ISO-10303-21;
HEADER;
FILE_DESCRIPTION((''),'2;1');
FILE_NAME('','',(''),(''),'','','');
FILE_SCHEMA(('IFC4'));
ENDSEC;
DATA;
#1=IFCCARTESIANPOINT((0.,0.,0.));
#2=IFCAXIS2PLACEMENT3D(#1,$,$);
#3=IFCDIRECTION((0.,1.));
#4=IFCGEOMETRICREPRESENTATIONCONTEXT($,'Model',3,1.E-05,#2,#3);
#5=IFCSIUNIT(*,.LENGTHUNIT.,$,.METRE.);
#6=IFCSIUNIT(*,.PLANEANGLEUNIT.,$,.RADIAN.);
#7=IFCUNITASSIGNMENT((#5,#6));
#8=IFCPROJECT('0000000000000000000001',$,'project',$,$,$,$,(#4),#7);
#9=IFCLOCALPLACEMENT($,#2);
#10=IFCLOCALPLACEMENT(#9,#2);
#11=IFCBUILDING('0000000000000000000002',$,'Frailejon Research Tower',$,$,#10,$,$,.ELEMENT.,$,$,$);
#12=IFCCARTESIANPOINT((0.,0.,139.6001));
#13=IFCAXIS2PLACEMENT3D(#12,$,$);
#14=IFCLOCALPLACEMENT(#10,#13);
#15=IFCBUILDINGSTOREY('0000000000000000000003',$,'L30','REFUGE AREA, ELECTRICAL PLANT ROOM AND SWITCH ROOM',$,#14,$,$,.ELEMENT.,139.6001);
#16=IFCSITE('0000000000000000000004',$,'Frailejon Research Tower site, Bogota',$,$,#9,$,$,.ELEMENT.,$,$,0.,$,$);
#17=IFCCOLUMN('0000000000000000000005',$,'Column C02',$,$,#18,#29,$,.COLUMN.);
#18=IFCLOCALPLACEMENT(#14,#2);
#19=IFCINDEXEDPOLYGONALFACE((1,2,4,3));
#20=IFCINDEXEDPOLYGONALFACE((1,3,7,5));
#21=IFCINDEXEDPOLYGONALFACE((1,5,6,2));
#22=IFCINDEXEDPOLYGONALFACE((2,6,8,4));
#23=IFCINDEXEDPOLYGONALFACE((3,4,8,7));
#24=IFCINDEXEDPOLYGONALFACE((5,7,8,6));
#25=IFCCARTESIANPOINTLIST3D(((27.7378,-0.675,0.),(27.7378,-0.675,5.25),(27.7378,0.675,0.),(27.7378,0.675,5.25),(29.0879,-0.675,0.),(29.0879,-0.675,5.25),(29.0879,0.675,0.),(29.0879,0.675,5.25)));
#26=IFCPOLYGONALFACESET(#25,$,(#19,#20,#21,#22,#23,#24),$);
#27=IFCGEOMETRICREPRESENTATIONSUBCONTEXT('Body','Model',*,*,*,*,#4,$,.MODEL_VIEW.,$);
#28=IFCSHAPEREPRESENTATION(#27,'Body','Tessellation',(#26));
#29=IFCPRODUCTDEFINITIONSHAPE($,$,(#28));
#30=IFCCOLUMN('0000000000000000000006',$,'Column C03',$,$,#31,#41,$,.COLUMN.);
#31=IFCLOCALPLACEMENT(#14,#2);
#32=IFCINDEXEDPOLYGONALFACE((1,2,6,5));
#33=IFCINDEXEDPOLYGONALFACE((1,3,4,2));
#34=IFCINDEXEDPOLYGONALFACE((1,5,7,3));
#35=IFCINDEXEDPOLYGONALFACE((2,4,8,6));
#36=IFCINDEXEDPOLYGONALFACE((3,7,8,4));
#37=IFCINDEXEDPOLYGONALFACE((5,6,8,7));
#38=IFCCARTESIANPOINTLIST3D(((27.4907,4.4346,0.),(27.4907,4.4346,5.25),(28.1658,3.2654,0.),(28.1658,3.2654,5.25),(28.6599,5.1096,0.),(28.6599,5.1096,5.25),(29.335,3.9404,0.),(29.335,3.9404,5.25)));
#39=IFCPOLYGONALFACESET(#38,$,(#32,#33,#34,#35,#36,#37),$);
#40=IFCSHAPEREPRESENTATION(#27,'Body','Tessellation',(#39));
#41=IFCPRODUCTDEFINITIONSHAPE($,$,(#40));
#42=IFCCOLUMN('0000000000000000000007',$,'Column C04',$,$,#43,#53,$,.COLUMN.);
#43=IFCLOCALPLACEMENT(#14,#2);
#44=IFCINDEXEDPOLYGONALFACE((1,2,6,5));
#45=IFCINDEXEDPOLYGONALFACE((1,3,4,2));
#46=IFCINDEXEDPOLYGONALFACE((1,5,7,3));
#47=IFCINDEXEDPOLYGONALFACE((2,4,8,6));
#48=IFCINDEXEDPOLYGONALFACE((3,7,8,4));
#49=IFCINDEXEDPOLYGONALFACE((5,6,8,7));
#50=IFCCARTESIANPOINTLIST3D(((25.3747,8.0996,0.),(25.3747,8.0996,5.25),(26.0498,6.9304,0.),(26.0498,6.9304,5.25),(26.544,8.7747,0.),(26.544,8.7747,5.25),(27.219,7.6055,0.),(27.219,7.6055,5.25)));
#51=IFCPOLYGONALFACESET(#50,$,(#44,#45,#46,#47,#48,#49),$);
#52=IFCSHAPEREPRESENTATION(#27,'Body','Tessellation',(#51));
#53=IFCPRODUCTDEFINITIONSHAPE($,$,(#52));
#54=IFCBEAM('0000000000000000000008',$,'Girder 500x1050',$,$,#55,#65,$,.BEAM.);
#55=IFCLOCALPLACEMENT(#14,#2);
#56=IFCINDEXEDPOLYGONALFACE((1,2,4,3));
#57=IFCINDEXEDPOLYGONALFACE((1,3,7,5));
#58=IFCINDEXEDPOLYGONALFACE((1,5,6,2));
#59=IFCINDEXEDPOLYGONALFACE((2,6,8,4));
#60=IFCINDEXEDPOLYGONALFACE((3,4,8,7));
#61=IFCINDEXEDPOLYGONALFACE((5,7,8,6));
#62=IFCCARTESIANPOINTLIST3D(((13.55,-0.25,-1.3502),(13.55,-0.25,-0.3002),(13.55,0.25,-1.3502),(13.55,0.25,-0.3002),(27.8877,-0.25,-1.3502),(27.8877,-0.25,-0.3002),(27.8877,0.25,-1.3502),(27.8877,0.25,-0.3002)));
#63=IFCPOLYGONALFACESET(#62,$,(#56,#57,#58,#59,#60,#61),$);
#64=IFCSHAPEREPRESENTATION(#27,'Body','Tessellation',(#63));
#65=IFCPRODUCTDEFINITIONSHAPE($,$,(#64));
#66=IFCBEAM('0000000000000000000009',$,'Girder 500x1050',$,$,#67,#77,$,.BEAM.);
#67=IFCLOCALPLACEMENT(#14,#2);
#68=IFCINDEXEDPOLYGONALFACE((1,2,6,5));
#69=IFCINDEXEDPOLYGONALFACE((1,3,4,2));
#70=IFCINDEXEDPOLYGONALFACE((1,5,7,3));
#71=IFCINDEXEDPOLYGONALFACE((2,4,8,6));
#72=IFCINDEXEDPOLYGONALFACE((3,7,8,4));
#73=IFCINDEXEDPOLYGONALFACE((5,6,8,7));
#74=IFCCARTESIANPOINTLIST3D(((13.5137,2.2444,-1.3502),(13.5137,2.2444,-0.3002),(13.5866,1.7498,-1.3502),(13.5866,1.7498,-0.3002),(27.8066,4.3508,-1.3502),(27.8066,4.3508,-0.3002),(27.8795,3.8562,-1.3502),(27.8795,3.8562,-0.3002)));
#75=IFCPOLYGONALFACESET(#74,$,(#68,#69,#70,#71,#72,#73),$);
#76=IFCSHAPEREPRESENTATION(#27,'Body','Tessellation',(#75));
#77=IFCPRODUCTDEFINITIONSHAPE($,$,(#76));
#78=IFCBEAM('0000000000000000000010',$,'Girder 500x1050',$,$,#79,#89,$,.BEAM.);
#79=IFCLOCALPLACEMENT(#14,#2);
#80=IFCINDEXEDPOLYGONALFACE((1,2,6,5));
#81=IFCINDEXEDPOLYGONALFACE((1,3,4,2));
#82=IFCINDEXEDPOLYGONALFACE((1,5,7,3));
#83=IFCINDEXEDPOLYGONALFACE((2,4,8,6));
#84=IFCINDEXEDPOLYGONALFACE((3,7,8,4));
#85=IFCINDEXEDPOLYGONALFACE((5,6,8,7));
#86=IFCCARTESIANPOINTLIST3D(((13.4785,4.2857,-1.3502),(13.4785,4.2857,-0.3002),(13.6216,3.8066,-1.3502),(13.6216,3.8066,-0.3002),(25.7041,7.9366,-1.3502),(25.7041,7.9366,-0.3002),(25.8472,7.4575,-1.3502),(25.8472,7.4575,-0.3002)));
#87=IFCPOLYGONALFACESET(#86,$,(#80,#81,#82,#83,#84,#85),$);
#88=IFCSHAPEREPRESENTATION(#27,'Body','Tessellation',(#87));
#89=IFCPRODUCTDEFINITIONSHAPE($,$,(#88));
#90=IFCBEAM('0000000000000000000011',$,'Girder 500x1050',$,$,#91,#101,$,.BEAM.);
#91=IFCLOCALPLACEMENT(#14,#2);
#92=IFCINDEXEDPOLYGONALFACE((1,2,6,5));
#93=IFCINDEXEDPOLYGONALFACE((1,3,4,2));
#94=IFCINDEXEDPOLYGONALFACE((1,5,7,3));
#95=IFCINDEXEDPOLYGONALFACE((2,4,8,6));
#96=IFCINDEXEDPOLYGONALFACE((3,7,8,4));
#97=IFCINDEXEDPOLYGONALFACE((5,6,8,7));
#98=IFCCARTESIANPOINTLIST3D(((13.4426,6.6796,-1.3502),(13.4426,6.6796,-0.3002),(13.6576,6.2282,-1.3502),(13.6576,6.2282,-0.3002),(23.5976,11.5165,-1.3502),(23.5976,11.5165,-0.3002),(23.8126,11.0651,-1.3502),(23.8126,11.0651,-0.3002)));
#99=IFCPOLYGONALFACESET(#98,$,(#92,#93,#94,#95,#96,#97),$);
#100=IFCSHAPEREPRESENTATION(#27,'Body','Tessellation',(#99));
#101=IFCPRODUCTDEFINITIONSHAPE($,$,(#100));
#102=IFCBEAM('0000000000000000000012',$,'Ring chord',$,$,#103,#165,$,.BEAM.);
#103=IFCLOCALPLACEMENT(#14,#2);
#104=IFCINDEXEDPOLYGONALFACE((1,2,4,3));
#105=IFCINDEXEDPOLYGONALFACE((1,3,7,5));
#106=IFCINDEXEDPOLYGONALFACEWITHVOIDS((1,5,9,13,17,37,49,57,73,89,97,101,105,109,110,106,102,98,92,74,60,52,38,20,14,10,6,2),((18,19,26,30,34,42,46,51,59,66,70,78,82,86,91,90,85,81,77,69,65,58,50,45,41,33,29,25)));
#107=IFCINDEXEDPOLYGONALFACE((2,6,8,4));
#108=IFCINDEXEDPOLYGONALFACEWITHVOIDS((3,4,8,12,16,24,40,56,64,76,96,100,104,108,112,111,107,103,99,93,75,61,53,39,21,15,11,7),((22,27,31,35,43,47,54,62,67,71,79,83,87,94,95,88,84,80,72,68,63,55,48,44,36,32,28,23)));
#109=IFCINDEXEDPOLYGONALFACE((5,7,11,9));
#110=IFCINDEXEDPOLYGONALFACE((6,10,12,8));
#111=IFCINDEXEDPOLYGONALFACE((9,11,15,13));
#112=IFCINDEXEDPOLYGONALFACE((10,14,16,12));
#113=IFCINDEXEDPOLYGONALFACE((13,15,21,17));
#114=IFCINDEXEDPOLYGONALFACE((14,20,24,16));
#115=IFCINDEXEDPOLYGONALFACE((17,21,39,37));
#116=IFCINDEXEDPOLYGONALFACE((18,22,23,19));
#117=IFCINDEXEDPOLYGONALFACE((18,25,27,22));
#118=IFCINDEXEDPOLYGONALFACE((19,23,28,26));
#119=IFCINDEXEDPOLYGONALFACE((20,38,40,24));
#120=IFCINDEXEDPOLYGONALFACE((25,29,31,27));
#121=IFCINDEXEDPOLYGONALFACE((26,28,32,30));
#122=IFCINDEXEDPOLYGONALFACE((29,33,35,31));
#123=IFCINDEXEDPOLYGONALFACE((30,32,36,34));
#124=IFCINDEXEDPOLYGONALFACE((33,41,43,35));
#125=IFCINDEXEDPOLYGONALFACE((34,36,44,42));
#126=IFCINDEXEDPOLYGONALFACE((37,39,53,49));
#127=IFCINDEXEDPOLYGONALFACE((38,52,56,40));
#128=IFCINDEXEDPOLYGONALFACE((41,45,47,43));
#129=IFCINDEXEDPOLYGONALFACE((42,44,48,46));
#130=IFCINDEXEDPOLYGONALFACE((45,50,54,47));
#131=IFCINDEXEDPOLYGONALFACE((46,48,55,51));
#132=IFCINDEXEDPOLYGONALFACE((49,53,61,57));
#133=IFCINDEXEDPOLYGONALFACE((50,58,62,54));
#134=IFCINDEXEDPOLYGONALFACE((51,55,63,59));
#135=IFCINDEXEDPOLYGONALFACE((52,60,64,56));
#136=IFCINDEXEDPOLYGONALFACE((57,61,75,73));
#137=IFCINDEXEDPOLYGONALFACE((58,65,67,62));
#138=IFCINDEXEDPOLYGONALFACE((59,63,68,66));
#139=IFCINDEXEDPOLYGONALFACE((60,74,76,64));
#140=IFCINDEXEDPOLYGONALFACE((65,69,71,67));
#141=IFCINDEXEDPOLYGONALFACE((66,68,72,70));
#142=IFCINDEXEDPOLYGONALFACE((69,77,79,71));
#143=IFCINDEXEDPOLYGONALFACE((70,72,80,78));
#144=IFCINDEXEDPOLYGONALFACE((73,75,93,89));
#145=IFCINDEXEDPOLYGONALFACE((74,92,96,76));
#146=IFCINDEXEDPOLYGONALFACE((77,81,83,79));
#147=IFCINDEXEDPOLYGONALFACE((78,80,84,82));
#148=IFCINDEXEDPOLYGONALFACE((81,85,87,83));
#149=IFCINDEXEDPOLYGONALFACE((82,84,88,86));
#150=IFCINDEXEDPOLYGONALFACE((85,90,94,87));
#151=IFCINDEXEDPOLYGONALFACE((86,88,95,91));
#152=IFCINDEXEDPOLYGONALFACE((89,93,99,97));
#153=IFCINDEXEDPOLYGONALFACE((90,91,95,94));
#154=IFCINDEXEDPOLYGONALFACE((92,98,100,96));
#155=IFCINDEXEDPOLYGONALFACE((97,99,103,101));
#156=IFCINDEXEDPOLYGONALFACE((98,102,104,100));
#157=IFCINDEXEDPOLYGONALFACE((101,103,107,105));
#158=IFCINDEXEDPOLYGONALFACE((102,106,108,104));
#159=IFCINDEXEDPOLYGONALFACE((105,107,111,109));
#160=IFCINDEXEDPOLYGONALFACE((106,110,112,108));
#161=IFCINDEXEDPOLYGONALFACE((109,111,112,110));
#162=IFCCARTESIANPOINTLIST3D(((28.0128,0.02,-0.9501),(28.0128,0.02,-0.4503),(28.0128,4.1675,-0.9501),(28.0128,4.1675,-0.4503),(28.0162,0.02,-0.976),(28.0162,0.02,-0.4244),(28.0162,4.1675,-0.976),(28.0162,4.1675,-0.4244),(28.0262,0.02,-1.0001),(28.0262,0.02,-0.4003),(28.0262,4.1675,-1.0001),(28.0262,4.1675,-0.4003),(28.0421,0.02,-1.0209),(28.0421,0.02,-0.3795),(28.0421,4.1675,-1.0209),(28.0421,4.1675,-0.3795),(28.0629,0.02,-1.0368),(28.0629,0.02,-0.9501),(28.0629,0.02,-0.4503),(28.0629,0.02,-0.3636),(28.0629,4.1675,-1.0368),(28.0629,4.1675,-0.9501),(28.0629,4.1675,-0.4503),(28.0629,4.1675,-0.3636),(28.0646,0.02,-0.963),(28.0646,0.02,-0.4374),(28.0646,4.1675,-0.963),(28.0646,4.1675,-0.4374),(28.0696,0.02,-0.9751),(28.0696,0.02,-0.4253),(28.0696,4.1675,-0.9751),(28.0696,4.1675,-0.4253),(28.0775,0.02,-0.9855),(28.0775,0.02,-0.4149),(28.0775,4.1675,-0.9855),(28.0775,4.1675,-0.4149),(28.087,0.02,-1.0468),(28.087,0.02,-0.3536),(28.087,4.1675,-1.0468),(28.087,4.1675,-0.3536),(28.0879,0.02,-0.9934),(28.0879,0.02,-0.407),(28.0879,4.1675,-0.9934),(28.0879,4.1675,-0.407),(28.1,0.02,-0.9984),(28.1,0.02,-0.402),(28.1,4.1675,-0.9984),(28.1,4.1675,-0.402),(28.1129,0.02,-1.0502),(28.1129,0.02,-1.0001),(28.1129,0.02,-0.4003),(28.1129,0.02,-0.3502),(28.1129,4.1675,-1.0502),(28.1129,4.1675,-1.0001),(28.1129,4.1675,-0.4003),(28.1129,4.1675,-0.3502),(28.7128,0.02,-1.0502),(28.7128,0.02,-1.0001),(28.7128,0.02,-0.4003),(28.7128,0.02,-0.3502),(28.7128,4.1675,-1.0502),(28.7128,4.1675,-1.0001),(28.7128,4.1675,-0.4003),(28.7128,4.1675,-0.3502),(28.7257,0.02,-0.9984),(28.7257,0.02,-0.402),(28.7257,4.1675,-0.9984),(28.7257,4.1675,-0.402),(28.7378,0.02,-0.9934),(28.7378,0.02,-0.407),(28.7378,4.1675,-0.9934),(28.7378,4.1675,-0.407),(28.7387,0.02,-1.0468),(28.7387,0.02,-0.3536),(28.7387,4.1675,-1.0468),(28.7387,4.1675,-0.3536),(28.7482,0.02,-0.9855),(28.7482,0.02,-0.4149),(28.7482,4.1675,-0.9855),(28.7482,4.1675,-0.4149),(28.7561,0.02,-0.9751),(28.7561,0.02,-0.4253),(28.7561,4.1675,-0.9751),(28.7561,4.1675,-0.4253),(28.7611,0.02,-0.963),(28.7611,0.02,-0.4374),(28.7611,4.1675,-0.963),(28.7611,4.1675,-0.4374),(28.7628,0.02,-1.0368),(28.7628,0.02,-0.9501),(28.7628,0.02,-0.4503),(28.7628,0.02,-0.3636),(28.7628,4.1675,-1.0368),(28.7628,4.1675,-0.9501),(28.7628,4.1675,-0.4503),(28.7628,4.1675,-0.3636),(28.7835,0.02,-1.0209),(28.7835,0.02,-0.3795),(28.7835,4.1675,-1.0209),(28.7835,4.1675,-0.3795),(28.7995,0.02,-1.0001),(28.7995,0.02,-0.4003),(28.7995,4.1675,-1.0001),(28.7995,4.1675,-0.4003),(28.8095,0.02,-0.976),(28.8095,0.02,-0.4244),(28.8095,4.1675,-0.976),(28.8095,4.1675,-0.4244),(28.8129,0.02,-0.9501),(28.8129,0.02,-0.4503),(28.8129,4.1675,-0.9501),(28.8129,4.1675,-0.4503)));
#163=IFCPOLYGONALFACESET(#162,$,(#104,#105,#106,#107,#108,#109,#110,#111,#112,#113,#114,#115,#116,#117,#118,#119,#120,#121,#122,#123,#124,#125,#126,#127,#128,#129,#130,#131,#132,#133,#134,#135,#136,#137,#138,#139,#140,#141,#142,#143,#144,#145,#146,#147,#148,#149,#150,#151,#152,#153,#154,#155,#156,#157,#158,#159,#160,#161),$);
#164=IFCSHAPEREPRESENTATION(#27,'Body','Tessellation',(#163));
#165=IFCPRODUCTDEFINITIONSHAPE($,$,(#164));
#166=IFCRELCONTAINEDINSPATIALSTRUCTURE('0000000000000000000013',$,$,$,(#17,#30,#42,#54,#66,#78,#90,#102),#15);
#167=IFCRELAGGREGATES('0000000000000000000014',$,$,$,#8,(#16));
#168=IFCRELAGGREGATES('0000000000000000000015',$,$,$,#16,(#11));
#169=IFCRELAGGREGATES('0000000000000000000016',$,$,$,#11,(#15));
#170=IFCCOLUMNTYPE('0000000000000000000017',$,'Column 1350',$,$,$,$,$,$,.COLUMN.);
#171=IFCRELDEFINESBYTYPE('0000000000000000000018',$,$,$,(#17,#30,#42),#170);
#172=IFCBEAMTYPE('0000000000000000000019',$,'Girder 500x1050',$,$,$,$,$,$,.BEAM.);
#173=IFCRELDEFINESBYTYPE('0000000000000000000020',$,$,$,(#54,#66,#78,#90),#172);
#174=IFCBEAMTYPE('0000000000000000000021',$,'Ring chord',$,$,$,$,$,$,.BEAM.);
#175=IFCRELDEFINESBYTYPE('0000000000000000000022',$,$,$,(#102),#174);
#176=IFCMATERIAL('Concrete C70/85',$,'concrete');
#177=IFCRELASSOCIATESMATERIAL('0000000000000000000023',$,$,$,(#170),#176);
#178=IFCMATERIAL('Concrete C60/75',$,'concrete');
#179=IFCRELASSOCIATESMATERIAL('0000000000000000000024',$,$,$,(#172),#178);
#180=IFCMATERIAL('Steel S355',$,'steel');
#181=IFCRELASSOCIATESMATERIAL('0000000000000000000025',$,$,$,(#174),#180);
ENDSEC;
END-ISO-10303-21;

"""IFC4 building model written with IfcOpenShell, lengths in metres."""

from ifc_helpers import new_model, si_unit, direction, frame, origin, origin_2d, place, context, subcontext, project, spatial, rectangle, hollow_rectangle, extrude, material, material_profile, profile_set, type_object, element, save


model = new_model("IFC4")

# Units and contexts
model_context = context("Model", 3, precision=1e-05, world=origin(), true_north=direction((0.0, 1.0)))
body_context = subcontext(model_context, "Body", "Model", "MODEL_VIEW")
ifc_project = project(units=[si_unit("LENGTHUNIT", "METRE"), si_unit("PLANEANGLEUNIT", "RADIAN")], contexts=[model_context])

# Site, building, storey
site_placement = place(None, origin())
site = spatial("IfcSite", under=ifc_project, at=site_placement, Name="Frailejon Research Tower site, Bogota", CompositionType="ELEMENT", RefElevation=0.0)
building_placement = place(site_placement, origin())
building = spatial("IfcBuilding", under=site, at=building_placement, Name="Frailejon Research Tower", CompositionType="ELEMENT")
storey_placement = place(building_placement, frame((0.0, 0.0, 139.6001)))
storey = spatial("IfcBuildingStorey", under=building, at=storey_placement, Name="L30", Description="REFUGE AREA, ELECTRICAL PLANT ROOM AND SWITCH ROOM", CompositionType="ELEMENT", Elevation=139.6001)

# Columns
ifc_material_1 = material(Name="Concrete C70/85", Category="concrete")
ifc_material_profile_1 = material_profile(ifc_material_1, rectangle(XDim=1.3501, YDim=1.3501, at=origin_2d()), Name="Column 1350")
ifc_profile_set_1 = profile_set([ifc_material_profile_1], Name="Concrete C70/85")
column_type = type_object("IfcColumnType", Name="Column 1350", PredefinedType="COLUMN", material=ifc_profile_set_1)
for number, where, z_axis, x_axis, name in (
    (1, (28.4128, 0.0, 0.0), (0.0, 0.0, 1.0), (0.0, 1.0, 0.0), "Column C02"),
    (2, (28.4128, 4.1875, 0.0), (0.0, 0.0, 1.0), (-0.5, 0.866025, 0.0), "Column C03"),
    (3, (26.2969, 7.8525, 0.0), (0.0, 0.0, 1.0), (-0.5, 0.866025, 0.0), "Column C04"),
):
    element("IfcColumn", number, at=place(storey_placement, frame(where, z_axis=z_axis, x_axis=x_axis)), inside=storey, type_object=column_type, Name=name, PredefinedType="COLUMN", context=body_context, shape_type="SweptSolid", body=[
        extrude(rectangle(XDim=1.3501, YDim=1.3501, at=origin_2d()), origin(), (0.0, 0.0, 1.0), 5.25),
    ])

# Beams
ifc_material_2 = material(Name="Concrete C60/75", Category="concrete")
ifc_material_profile_2 = material_profile(ifc_material_2, rectangle(XDim=0.5, YDim=1.05, at=origin_2d()), Name="Girder 500x1050")
ifc_profile_set_2 = profile_set([ifc_material_profile_2], Name="Concrete C60/75")
beam_type_1 = type_object("IfcBeamType", Name="Girder 500x1050", PredefinedType="BEAM", material=ifc_profile_set_2)
beam_1_placement = place(storey_placement, frame((27.8877, 0.0, -0.8252), z_axis=(-1.0, 0.0, 0.0), x_axis=(0.0, -1.0, 0.0)))
element("IfcBeam", 4, at=beam_1_placement, inside=storey, type_object=beam_type_1, Name="Girder 500x1050", PredefinedType="BEAM", context=body_context, shape_type="SweptSolid", body=[
    extrude(rectangle(XDim=0.5, YDim=1.05, at=origin_2d()), origin(), (0.0, 0.0, 1.0), 14.3376),
])
beam_2_placement = place(storey_placement, frame((27.843, 4.1035, -0.8252), z_axis=(-0.989314, -0.145801, 0.0), x_axis=(0.145801, -0.989314, 0.0)))
element("IfcBeam", 5, at=beam_2_placement, inside=storey, type_object=beam_type_1, Name="Girder 500x1050", PredefinedType="BEAM", context=body_context, shape_type="SweptSolid", body=[
    extrude(rectangle(XDim=0.5, YDim=1.05, at=origin_2d()), origin(), (0.0, 0.0, 1.0), 14.4473),
])
beam_3_placement = place(storey_placement, frame((25.7756, 7.697, -0.8252), z_axis=(-0.958188, -0.28614, 0.0), x_axis=(0.28614, -0.958188, 0.0)))
element("IfcBeam", 6, at=beam_3_placement, inside=storey, type_object=beam_type_1, Name="Girder 500x1050", PredefinedType="BEAM", context=body_context, shape_type="SweptSolid", body=[
    extrude(rectangle(XDim=0.5, YDim=1.05, at=origin_2d()), origin(), (0.0, 0.0, 1.0), 12.759),
])
beam_4_placement = place(storey_placement, frame((23.7051, 11.2908, -0.8252), z_axis=(-0.90282, -0.43002, 0.0), x_axis=(0.43002, -0.90282, 0.0)))
element("IfcBeam", 7, at=beam_4_placement, inside=storey, type_object=beam_type_1, Name="Girder 500x1050", PredefinedType="BEAM", context=body_context, shape_type="SweptSolid", body=[
    extrude(rectangle(XDim=0.5, YDim=1.05, at=origin_2d()), origin(), (0.0, 0.0, 1.0), 11.248),
])
ifc_material_3 = material(Name="Steel S355", Category="steel")
ifc_material_profile_3 = material_profile(ifc_material_3, hollow_rectangle(XDim=0.8, YDim=0.7, WallThickness=0.05, InnerFilletRadius=0.05, OuterFilletRadius=0.1001, at=origin_2d()), Name="Ring chord")
ifc_profile_set_3 = profile_set([ifc_material_profile_3], Name="Steel S355")
beam_type_2 = type_object("IfcBeamType", Name="Ring chord", PredefinedType="BEAM", material=ifc_profile_set_3)
beam_5_placement = place(storey_placement, frame((28.4128, 0.02, -0.7002), z_axis=(0.0, 1.0, 0.0), x_axis=(-1.0, 0.0, 0.0)))
element("IfcBeam", 8, at=beam_5_placement, inside=storey, type_object=beam_type_2, Name="Ring chord", PredefinedType="BEAM", context=body_context, shape_type="SweptSolid", body=[
    extrude(hollow_rectangle(XDim=0.8, YDim=0.7, WallThickness=0.05, InnerFilletRadius=0.05, OuterFilletRadius=0.1001, at=origin_2d()), origin(), (0.0, 0.0, 1.0), 4.1475),
])

save(model, "model.ifc")
